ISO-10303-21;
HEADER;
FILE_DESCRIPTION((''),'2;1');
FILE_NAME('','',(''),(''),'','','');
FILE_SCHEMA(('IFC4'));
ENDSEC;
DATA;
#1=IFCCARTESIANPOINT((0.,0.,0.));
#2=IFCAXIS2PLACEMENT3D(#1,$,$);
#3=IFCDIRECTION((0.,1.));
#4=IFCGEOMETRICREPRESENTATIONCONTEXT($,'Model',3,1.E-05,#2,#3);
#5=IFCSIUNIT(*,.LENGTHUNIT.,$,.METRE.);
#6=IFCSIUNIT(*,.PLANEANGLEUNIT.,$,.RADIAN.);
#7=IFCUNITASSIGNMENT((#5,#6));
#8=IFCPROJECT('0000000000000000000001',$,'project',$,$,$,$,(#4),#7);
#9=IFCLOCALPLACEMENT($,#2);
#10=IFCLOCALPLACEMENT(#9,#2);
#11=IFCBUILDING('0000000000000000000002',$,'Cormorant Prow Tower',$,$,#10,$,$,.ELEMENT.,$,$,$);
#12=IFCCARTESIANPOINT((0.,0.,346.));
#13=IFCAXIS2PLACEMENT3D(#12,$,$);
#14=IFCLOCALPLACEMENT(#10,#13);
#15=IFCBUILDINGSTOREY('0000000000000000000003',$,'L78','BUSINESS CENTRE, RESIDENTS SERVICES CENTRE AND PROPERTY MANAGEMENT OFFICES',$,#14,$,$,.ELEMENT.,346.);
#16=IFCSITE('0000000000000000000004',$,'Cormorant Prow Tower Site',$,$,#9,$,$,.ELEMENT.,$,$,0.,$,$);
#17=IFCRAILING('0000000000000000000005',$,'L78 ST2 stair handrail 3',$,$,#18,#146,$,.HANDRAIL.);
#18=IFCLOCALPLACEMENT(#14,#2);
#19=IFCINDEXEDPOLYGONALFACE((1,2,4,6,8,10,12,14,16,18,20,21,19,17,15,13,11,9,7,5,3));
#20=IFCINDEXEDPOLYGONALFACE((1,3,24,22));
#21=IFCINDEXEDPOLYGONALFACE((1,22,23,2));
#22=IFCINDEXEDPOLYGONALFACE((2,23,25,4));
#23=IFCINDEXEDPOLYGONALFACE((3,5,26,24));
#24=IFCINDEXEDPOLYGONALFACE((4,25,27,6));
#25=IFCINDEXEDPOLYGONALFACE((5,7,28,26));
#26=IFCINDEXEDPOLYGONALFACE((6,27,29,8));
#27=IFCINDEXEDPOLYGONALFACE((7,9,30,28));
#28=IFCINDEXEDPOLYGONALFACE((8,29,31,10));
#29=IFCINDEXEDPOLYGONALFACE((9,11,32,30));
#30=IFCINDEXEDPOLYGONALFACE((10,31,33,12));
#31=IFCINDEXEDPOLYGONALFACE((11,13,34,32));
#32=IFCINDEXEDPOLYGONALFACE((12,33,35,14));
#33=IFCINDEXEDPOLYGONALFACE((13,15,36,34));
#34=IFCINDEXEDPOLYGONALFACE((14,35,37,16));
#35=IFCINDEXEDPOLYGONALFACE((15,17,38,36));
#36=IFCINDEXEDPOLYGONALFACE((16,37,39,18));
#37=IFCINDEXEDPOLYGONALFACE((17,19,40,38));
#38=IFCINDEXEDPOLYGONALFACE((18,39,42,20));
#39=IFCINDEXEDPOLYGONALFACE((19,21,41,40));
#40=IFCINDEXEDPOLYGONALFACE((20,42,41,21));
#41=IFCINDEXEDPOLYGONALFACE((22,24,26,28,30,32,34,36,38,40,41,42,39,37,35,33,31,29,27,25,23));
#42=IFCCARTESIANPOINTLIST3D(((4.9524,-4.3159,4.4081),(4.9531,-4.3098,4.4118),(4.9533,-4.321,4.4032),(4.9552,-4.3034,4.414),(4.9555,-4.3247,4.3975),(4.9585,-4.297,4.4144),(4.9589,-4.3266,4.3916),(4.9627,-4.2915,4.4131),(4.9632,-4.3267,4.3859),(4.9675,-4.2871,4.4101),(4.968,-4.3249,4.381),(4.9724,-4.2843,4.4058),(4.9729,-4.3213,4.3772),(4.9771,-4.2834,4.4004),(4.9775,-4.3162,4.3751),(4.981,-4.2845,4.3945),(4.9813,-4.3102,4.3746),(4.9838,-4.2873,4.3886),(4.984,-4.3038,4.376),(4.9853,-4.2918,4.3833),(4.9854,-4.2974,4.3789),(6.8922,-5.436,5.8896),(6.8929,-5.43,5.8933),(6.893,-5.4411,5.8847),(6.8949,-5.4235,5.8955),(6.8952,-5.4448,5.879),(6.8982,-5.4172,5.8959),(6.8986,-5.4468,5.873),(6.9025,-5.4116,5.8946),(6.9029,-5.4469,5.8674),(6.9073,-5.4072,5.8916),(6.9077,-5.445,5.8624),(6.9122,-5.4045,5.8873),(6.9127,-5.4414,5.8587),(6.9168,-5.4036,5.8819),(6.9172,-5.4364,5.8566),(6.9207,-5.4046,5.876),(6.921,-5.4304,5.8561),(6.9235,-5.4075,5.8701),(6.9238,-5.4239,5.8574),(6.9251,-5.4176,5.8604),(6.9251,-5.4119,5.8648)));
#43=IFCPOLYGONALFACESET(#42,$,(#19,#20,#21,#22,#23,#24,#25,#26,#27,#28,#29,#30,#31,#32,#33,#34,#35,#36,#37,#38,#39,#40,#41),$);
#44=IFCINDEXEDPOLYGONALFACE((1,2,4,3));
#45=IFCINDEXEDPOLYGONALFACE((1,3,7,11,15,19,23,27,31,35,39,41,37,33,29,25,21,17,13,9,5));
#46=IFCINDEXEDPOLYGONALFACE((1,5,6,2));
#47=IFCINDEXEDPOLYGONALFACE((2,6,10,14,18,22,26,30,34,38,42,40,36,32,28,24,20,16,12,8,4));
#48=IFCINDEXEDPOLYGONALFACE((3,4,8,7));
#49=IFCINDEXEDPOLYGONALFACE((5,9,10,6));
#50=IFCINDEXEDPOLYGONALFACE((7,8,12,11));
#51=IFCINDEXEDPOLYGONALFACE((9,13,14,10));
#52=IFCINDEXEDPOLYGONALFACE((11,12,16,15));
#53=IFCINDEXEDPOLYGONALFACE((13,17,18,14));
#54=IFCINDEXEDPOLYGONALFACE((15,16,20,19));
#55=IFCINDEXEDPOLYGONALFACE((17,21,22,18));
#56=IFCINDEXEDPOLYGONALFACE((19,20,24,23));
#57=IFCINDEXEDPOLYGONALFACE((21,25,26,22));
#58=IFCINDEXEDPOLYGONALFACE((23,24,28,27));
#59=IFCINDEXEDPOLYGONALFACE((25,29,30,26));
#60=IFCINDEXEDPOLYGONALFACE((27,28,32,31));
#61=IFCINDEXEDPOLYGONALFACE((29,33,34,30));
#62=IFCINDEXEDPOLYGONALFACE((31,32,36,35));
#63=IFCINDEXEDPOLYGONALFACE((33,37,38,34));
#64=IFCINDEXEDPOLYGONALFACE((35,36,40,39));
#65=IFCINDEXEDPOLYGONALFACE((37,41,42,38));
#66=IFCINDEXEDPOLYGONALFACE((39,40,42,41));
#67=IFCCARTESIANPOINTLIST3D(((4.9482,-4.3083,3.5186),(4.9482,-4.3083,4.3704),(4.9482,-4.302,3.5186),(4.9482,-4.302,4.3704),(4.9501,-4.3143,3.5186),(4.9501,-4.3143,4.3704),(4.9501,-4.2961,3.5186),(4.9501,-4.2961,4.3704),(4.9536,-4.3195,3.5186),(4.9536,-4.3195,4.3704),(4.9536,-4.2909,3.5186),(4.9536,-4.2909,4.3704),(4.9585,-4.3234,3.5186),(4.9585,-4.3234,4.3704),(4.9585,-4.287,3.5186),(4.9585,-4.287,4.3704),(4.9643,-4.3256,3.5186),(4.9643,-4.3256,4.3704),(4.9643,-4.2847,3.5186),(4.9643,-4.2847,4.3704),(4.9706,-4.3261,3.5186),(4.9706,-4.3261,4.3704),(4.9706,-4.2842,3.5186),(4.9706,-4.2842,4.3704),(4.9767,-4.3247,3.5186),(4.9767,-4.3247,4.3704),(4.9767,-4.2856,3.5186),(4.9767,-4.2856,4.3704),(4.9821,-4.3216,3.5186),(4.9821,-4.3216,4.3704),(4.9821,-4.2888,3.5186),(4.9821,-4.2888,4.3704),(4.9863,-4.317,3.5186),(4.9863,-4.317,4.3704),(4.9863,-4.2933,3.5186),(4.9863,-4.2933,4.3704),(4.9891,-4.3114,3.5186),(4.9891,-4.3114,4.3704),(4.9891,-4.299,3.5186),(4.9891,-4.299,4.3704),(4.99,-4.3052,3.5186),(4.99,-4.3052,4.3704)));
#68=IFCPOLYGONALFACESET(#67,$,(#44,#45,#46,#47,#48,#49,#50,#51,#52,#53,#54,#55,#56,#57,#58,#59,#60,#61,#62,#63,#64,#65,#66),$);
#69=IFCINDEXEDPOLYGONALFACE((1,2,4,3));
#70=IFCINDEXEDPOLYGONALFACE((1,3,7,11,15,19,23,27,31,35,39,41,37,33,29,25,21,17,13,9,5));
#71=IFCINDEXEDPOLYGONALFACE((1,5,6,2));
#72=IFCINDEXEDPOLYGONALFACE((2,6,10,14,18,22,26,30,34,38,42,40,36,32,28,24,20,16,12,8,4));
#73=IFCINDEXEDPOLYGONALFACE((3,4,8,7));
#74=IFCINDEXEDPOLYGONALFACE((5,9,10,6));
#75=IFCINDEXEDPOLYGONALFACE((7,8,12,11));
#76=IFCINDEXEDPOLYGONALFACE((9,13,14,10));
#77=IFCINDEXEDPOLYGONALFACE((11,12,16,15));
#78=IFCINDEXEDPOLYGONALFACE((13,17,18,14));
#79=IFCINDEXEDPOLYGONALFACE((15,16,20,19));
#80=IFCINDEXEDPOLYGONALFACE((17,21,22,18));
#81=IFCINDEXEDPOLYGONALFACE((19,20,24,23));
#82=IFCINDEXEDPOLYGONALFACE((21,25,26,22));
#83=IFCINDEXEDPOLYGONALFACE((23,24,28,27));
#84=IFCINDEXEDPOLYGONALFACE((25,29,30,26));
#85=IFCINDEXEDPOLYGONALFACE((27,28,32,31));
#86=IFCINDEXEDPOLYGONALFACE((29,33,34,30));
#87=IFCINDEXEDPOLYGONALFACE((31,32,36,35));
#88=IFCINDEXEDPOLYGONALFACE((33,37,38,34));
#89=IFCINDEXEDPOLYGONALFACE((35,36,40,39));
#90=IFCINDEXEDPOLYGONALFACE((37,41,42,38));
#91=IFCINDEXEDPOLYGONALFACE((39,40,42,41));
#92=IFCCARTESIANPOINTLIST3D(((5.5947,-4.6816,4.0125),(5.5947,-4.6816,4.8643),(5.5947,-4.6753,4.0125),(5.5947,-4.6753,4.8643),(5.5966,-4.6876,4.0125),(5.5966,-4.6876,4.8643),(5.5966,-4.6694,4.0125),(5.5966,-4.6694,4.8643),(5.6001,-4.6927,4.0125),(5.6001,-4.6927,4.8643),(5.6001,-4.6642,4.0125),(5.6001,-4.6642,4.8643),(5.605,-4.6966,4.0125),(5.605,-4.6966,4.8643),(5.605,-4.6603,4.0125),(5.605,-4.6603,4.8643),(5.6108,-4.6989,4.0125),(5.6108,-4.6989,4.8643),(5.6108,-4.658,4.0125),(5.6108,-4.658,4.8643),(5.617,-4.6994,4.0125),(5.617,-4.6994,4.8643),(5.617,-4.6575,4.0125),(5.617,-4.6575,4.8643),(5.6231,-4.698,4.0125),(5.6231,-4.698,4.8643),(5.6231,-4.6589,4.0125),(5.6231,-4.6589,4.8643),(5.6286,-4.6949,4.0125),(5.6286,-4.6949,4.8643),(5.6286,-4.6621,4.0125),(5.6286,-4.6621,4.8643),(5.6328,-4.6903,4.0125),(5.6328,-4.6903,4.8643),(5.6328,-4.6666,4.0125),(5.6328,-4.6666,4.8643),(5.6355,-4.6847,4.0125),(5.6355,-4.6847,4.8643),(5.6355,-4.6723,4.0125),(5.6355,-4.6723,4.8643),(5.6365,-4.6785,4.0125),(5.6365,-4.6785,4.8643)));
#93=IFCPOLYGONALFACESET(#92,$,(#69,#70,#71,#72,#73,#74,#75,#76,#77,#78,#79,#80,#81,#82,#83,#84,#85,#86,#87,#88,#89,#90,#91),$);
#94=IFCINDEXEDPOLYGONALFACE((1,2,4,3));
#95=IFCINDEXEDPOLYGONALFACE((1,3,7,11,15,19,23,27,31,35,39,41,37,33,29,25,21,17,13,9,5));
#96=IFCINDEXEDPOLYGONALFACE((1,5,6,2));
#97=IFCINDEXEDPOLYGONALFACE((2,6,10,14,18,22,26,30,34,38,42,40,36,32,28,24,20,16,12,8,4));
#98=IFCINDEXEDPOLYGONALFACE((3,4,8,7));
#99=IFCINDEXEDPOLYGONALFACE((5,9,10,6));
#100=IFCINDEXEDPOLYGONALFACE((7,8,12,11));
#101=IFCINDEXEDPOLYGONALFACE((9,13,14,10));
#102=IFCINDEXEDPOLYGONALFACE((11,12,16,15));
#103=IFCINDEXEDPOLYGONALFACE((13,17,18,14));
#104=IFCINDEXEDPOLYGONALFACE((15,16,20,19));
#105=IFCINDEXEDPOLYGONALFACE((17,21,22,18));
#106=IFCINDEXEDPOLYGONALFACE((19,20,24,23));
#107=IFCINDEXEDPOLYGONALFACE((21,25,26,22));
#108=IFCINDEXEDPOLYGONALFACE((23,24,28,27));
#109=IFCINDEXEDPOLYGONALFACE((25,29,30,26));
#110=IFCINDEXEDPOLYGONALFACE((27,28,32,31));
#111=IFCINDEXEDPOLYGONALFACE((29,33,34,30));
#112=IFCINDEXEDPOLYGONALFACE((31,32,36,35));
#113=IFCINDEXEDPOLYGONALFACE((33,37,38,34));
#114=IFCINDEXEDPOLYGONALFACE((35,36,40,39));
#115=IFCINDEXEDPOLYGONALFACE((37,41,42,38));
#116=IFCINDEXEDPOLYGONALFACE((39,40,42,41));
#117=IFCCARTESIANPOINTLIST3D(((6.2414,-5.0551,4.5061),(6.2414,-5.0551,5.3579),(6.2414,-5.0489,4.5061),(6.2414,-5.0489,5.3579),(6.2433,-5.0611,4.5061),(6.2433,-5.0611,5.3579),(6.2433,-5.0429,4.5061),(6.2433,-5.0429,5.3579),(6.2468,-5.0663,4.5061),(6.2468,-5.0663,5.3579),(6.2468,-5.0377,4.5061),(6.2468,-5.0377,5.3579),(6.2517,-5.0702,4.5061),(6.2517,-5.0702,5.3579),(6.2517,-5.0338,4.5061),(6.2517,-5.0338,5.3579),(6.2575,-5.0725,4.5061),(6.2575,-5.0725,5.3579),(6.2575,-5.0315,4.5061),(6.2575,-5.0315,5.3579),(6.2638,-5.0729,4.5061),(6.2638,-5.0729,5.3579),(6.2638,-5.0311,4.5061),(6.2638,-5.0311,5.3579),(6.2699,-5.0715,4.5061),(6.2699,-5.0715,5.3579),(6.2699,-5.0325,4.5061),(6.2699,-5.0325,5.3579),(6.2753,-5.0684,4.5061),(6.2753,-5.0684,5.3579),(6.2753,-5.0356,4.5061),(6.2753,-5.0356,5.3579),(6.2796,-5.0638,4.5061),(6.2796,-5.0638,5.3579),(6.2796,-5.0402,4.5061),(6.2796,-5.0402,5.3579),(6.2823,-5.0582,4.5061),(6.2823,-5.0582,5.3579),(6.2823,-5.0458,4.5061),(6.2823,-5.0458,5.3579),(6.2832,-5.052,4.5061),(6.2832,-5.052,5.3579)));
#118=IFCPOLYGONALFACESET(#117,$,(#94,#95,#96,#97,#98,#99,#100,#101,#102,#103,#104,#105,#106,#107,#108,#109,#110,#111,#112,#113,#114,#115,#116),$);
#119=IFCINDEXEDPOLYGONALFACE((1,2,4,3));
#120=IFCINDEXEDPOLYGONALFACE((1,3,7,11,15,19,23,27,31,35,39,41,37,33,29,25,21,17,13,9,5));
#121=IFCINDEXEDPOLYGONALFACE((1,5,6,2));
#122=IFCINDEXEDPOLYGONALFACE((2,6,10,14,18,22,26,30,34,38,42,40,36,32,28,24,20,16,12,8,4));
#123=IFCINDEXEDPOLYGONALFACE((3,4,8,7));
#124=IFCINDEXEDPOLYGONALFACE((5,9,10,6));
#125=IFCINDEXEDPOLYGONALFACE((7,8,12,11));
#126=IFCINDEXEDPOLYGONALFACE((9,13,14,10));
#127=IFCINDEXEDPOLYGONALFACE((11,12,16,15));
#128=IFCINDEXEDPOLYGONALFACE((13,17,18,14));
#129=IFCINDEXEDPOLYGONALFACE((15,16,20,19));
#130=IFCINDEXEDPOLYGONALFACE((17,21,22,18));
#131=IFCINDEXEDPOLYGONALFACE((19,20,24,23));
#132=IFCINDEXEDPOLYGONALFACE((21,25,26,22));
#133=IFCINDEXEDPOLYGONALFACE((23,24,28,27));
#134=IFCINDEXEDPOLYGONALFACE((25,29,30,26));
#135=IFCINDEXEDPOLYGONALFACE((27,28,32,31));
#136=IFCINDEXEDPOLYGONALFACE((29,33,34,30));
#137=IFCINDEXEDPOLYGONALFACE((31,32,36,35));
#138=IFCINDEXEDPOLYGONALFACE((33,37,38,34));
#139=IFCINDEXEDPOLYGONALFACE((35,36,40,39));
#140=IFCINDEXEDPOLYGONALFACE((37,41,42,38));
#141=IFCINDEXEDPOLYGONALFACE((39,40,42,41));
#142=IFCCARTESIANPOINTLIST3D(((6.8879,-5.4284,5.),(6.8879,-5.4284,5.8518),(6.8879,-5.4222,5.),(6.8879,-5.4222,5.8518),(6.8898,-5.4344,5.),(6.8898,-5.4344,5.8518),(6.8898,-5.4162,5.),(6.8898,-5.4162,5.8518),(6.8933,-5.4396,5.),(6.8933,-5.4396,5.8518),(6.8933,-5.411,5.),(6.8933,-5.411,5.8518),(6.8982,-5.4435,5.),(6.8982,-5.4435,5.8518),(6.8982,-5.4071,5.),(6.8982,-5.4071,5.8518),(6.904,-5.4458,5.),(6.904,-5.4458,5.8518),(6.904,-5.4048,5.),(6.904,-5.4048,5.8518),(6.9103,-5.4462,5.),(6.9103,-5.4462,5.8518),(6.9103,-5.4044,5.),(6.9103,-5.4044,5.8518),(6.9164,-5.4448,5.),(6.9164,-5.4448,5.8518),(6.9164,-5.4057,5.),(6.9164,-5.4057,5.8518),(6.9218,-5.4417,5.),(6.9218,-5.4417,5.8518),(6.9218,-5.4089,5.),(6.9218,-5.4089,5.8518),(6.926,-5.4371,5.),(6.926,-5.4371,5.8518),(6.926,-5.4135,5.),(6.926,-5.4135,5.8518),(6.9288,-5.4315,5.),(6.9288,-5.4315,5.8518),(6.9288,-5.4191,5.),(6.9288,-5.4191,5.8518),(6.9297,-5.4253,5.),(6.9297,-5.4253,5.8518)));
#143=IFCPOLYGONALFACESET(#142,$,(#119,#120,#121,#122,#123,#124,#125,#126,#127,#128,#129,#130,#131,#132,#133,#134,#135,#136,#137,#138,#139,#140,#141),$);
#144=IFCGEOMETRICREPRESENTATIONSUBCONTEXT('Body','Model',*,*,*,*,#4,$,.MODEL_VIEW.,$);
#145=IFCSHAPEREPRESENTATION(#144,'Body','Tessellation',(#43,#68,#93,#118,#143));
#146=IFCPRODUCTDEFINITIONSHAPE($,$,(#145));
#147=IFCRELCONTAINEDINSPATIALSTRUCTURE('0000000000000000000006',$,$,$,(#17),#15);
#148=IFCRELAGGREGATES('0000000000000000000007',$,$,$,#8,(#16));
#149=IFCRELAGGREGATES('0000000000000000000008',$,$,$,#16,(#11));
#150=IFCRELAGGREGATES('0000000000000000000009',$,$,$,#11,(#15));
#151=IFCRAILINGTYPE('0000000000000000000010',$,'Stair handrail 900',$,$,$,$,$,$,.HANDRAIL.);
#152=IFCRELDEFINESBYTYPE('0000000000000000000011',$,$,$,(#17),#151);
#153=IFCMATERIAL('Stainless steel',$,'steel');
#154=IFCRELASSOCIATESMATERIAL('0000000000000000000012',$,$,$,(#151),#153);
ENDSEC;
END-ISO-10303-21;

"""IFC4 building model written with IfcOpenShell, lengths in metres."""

from ifc_helpers import new_model, si_unit, direction, frame, origin, origin_2d, place, context, subcontext, project, spatial, circle, extrude, material, type_object, element, save


model = new_model("IFC4")

# Units and contexts
model_context = context("Model", 3, precision=1e-05, world=origin(), true_north=direction((0.0, 1.0)))
body_context = subcontext(model_context, "Body", "Model", "MODEL_VIEW")
ifc_project = project(units=[si_unit("LENGTHUNIT", "METRE"), si_unit("PLANEANGLEUNIT", "RADIAN")], contexts=[model_context])

# Site, building, storey
site_placement = place(None, origin())
site = spatial("IfcSite", under=ifc_project, at=site_placement, Name="Cormorant Prow Tower Site", CompositionType="ELEMENT", RefElevation=0.0)
building_placement = place(site_placement, origin())
building = spatial("IfcBuilding", under=site, at=building_placement, Name="Cormorant Prow Tower", CompositionType="ELEMENT")
storey_placement = place(building_placement, frame((0.0, 0.0, 346.0)))
storey = spatial("IfcBuildingStorey", under=building, at=storey_placement, Name="L78", Description="BUSINESS CENTRE, RESIDENTS SERVICES CENTRE AND PROPERTY MANAGEMENT OFFICES", CompositionType="ELEMENT", Elevation=346.0)

# Railing
ifc_material_1 = material(Name="Stainless steel", Category="steel")
railing_type_1 = type_object("IfcRailingType", Name="Stair handrail 900", PredefinedType="HANDRAIL", material=ifc_material_1)
for number, where, name in (
    (1, (4.969, -4.3052, 3.5186), "L78 ST2 stair handrail 3"),
):
    element("IfcRailing", number, at=place(storey_placement, frame(where)), inside=storey, type_object=railing_type_1, Name=name, PredefinedType="HANDRAIL", context=body_context, shape_type="SweptSolid", body=[
        extrude(circle(Radius=0.0239, at=origin_2d()), frame((0.0, 0.0, 0.876), z_axis=(0.722292, -0.417102, 0.551651), x_axis=(0.500078, 0.86598, 0.0)), (0.0, 0.0, 1.0), 2.6855),
        extrude(circle(Radius=0.021, at=origin_2d()), origin(), (0.0, 0.0, 1.0), 0.8518),
        extrude(circle(Radius=0.021, at=origin_2d()), frame((0.6465, -0.3733, 0.4939)), (0.0, 0.0, 1.0), 0.8518),
        extrude(circle(Radius=0.021, at=origin_2d()), frame((1.2932, -0.7468, 0.9875)), (0.0, 0.0, 1.0), 0.8518),
        extrude(circle(Radius=0.021, at=origin_2d()), frame((1.9397, -1.1201, 1.4814)), (0.0, 0.0, 1.0), 0.8518),
    ])

save(model, "model.ifc")
